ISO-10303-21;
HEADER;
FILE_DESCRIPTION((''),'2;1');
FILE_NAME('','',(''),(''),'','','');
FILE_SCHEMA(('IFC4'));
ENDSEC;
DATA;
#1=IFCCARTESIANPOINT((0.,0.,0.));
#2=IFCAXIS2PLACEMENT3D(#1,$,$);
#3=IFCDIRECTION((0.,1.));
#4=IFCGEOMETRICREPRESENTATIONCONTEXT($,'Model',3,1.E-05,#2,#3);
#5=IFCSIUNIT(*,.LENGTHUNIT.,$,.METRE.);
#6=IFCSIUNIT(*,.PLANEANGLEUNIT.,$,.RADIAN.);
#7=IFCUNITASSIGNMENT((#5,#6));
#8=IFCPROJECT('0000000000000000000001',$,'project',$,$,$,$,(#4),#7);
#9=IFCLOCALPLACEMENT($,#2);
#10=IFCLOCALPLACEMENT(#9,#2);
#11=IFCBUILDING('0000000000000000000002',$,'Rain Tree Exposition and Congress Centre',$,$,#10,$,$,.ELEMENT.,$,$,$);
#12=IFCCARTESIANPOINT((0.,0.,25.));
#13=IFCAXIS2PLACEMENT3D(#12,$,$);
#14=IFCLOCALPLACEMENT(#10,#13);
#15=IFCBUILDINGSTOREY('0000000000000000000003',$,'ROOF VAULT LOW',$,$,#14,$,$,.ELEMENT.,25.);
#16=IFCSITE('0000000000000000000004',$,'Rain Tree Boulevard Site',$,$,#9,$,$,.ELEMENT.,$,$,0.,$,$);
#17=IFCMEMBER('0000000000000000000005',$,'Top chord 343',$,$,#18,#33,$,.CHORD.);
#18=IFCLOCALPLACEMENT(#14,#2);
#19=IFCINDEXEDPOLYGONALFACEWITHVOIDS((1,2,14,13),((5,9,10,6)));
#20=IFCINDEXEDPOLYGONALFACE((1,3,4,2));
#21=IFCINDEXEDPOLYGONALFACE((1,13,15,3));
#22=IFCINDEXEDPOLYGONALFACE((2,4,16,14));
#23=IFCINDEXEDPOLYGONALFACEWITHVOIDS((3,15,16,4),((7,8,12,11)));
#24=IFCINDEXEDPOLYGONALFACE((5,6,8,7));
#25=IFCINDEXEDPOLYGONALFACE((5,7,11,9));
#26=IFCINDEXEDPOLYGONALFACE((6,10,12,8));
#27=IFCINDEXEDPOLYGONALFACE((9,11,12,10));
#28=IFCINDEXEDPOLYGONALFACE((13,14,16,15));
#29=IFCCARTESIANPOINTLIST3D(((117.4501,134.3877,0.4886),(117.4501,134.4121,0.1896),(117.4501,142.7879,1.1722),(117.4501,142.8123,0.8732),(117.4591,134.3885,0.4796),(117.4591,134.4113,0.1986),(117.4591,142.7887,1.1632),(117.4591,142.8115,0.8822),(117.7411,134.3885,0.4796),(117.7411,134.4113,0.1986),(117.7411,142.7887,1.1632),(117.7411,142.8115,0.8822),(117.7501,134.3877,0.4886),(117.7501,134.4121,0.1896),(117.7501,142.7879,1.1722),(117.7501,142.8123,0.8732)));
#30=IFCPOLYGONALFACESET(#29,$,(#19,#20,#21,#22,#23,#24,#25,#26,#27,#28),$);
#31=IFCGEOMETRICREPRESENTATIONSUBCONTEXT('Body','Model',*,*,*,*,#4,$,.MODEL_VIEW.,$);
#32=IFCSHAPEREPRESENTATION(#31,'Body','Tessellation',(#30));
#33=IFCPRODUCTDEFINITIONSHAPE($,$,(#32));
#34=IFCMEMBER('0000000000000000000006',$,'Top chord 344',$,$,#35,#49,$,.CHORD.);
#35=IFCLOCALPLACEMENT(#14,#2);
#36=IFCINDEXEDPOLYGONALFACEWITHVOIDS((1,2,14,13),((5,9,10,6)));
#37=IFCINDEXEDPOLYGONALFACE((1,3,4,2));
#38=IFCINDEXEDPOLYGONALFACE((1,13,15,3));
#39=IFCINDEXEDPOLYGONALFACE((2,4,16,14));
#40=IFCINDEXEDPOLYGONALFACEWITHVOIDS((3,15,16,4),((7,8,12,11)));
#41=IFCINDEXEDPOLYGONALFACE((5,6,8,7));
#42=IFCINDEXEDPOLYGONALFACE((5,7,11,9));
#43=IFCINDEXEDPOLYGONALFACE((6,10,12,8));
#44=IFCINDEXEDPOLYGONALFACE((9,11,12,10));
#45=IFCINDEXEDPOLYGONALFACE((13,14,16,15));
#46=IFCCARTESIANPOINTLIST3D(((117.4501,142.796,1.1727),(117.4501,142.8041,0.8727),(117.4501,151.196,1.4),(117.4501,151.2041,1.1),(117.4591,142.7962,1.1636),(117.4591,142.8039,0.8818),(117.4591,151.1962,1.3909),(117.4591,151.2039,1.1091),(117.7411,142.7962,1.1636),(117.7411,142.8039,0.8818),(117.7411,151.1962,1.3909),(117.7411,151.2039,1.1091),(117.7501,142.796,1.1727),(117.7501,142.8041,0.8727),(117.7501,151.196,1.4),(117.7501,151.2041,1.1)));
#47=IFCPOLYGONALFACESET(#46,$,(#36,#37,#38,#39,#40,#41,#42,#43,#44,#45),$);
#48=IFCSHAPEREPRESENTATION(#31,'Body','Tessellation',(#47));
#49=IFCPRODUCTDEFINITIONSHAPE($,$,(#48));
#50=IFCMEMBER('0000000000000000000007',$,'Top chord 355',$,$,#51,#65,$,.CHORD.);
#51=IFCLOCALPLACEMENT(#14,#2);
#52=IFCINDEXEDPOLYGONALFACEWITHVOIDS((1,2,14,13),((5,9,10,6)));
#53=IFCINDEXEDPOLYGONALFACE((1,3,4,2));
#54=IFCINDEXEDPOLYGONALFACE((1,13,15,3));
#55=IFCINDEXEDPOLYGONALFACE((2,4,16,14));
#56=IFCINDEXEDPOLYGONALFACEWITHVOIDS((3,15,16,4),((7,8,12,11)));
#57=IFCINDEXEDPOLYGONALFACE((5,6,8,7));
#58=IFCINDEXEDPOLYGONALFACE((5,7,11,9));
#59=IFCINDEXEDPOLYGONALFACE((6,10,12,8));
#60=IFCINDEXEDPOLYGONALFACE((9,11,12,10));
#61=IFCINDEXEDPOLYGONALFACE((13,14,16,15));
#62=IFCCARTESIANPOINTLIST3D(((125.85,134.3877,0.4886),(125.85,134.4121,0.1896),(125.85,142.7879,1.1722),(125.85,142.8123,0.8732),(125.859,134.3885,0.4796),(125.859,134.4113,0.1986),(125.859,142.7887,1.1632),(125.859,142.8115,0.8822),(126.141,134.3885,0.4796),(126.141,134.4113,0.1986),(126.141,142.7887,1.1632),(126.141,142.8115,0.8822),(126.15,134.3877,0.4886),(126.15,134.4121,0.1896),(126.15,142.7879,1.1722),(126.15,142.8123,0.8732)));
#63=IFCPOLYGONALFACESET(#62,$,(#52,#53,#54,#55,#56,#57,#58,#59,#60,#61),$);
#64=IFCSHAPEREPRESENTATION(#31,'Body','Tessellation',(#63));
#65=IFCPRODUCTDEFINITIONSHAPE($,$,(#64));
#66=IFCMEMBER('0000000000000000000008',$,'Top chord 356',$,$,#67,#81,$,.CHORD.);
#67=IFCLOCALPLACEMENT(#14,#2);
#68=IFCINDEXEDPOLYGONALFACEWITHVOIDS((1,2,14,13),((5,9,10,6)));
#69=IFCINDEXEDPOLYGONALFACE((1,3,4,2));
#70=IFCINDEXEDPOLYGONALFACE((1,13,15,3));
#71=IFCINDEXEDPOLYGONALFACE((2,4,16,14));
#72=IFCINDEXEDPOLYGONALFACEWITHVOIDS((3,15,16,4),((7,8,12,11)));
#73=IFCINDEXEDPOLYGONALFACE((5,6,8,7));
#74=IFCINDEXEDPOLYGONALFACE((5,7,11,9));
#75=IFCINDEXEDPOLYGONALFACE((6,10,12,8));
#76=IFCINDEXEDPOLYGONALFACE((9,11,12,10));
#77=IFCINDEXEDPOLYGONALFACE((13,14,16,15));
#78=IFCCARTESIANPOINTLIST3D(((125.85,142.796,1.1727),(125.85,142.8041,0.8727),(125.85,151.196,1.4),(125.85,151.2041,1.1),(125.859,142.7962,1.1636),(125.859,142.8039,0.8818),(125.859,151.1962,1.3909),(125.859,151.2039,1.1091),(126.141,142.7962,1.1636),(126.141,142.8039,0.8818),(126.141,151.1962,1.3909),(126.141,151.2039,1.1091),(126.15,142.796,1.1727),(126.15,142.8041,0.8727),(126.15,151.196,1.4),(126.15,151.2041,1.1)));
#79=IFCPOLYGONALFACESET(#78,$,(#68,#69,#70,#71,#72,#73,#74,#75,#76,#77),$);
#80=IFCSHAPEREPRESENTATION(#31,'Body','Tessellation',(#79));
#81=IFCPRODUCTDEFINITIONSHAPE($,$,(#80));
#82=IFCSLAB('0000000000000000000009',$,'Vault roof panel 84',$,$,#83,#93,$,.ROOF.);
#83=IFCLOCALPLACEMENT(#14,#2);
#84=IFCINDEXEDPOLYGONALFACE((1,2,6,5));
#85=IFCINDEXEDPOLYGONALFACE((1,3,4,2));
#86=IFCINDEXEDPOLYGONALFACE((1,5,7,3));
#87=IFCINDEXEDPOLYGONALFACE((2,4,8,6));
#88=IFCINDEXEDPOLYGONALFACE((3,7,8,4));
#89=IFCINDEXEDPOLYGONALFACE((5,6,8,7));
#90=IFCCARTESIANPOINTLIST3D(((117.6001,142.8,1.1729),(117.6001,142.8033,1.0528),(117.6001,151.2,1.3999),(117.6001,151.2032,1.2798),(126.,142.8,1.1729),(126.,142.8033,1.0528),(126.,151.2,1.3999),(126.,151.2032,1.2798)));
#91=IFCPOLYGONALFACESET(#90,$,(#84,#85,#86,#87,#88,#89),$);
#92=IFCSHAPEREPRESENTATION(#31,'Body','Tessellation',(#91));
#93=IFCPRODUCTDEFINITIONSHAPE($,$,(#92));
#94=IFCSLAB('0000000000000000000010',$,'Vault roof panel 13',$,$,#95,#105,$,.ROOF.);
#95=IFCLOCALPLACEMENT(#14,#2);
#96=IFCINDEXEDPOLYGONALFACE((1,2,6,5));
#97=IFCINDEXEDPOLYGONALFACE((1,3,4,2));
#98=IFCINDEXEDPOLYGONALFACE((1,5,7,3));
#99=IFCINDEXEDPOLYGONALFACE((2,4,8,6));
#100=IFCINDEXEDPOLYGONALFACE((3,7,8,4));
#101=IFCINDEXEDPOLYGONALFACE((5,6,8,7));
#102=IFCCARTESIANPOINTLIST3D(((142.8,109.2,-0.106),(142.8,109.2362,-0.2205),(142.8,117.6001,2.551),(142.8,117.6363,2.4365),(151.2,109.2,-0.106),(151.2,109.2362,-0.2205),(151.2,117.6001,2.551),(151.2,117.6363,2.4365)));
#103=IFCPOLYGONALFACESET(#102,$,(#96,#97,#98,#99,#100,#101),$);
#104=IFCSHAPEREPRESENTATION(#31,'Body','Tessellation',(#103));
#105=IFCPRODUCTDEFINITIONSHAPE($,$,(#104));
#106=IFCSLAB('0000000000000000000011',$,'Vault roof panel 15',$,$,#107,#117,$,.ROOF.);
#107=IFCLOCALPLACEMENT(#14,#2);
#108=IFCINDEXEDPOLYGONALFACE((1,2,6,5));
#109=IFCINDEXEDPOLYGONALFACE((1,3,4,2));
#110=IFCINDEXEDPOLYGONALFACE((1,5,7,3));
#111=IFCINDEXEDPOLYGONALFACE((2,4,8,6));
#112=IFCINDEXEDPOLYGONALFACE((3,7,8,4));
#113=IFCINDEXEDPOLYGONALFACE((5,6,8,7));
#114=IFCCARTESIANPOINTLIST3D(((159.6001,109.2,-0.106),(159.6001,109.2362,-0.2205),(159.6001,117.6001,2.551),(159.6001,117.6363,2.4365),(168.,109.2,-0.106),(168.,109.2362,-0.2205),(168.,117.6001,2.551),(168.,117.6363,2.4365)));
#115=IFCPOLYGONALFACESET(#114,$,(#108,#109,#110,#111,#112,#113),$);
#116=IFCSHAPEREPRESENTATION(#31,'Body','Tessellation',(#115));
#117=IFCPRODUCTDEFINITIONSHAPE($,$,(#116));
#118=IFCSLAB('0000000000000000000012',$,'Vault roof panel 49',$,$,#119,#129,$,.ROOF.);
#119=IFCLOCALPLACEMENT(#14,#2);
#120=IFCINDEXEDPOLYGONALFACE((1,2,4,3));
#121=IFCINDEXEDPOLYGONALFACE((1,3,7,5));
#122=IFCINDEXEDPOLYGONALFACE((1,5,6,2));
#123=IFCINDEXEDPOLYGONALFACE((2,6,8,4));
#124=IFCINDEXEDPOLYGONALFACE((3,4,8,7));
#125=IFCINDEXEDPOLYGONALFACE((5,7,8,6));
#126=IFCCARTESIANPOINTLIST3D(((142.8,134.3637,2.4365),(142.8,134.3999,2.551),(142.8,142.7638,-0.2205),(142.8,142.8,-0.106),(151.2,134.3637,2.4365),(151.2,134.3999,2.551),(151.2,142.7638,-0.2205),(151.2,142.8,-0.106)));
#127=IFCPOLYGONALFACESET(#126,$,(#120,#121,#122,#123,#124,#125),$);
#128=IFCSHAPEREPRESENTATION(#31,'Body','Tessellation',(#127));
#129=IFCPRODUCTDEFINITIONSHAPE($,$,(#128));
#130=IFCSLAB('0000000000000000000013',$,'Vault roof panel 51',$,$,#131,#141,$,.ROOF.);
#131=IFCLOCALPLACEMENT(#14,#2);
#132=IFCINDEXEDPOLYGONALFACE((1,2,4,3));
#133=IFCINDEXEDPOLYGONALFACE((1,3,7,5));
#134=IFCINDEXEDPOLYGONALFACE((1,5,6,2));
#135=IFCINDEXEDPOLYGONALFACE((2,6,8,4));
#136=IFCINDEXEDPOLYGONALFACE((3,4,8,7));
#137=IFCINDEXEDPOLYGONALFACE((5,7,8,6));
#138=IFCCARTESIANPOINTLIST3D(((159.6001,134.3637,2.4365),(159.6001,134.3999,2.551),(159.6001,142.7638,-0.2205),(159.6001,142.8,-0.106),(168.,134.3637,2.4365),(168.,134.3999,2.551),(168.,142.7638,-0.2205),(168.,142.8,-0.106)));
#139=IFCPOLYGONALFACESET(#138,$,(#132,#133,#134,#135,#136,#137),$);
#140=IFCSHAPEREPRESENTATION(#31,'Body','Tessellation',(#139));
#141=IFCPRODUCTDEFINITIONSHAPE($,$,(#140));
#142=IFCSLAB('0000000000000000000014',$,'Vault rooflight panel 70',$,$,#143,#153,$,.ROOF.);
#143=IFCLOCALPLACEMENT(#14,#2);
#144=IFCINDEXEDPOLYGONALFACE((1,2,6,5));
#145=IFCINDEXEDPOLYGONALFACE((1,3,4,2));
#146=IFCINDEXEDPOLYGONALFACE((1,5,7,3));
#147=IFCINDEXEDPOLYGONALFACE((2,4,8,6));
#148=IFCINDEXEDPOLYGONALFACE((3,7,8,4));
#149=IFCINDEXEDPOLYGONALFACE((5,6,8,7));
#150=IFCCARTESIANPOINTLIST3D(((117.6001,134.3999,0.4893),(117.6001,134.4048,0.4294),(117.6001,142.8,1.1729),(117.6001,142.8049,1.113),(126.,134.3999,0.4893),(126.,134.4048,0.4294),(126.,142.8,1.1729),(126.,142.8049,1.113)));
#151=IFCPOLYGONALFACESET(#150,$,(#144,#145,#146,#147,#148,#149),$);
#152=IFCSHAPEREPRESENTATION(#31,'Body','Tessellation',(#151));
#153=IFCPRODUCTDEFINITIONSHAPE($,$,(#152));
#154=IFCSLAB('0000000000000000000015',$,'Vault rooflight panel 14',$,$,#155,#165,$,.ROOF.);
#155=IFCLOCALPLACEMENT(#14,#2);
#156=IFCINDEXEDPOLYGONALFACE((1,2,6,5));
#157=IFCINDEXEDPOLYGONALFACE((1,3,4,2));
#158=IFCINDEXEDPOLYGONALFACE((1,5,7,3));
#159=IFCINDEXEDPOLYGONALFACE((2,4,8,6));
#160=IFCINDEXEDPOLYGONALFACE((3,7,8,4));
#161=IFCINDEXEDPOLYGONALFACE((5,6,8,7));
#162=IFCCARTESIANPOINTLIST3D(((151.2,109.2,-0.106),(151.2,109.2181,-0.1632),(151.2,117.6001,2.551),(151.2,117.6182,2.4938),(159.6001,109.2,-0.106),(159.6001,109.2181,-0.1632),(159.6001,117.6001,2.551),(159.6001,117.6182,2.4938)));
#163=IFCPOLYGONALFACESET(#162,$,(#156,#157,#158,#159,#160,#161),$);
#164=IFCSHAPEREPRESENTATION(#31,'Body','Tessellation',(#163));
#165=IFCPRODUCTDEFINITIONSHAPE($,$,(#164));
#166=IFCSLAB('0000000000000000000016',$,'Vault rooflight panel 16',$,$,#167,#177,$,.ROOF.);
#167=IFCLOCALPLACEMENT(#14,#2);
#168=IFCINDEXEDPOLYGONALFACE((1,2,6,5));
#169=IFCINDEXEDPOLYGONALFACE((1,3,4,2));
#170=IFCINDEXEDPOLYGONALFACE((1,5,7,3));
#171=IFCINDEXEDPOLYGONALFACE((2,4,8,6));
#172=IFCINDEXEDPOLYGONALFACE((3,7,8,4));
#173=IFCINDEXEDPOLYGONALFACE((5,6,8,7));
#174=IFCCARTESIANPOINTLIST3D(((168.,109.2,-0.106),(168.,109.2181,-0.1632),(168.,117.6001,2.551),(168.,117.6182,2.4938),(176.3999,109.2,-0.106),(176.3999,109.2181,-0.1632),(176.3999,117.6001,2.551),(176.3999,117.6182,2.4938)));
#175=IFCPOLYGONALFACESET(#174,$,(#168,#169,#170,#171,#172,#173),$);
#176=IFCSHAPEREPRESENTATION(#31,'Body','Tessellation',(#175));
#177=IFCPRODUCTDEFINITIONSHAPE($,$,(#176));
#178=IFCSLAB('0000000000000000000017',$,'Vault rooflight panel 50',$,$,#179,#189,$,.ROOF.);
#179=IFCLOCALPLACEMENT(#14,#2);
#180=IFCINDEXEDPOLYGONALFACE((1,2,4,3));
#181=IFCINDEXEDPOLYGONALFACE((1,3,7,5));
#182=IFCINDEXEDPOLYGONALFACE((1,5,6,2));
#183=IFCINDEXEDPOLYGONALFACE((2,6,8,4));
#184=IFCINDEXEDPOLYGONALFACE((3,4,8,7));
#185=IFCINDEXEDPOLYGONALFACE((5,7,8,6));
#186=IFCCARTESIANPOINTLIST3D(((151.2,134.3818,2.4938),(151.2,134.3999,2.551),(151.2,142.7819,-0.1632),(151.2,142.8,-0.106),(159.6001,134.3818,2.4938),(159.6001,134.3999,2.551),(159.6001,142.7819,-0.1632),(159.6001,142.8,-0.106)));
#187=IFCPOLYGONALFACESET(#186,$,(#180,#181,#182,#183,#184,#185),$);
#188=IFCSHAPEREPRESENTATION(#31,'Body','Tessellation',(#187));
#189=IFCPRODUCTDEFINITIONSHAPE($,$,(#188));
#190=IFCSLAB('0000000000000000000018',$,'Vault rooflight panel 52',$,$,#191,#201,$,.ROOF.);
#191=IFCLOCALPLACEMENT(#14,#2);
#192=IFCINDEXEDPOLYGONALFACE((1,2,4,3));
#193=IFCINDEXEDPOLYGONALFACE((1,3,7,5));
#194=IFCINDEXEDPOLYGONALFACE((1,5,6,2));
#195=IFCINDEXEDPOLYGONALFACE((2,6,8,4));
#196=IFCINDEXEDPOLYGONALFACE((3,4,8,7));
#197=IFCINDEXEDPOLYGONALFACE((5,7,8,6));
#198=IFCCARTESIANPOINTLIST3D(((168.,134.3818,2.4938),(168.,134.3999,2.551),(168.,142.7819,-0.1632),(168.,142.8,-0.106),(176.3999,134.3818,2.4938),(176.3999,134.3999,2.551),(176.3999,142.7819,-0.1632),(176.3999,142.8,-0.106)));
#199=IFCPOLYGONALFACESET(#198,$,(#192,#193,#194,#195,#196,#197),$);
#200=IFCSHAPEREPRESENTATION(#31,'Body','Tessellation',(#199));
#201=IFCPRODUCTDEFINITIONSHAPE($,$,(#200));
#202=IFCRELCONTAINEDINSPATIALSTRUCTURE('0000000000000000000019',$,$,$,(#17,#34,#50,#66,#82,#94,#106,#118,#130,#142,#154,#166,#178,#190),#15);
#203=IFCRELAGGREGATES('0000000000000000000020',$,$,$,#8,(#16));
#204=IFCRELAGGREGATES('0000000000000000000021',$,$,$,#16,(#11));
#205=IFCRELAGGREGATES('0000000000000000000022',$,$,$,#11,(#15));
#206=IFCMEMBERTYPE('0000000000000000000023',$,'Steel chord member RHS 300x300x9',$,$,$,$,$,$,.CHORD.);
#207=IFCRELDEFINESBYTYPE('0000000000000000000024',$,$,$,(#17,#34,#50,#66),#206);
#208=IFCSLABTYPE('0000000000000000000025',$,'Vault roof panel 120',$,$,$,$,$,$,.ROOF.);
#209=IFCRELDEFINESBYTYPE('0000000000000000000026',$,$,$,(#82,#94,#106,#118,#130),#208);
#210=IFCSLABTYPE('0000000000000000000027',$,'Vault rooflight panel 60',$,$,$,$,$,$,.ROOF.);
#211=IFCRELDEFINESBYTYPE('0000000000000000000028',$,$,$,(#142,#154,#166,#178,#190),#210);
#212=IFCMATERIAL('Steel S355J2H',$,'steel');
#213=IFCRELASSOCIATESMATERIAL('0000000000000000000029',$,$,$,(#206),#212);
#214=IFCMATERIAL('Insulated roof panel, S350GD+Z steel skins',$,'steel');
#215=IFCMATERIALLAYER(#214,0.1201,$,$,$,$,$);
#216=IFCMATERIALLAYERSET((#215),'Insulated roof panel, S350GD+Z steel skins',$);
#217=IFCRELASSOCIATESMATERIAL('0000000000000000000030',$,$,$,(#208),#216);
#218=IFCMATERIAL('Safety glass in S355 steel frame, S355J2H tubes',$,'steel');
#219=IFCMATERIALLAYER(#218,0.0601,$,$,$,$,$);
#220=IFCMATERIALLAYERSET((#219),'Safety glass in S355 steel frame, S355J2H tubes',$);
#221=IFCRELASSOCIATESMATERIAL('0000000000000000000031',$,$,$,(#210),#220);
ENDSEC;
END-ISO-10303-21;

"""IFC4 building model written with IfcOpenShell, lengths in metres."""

from ifc_helpers import new_model, si_unit, direction, frame, origin, origin_2d, place, context, subcontext, project, spatial, polyline, hollow_rectangle, outline, extrude, material, layer, layer_set, material_profile, profile_set, type_object, element, save


model = new_model("IFC4")

# Units and contexts
model_context = context("Model", 3, precision=1e-05, world=origin(), true_north=direction((0.0, 1.0)))
body_context = subcontext(model_context, "Body", "Model", "MODEL_VIEW")
ifc_project = project(units=[si_unit("LENGTHUNIT", "METRE"), si_unit("PLANEANGLEUNIT", "RADIAN")], contexts=[model_context])

# Site, building, storey
site_placement = place(None, origin())
site = spatial("IfcSite", under=ifc_project, at=site_placement, Name="Rain Tree Boulevard Site", CompositionType="ELEMENT", RefElevation=0.0)
building_placement = place(site_placement, origin())
building = spatial("IfcBuilding", under=site, at=building_placement, Name="Rain Tree Exposition and Congress Centre", CompositionType="ELEMENT")
storey_placement = place(building_placement, frame((0.0, 0.0, 25.0)))
storey = spatial("IfcBuildingStorey", under=building, at=storey_placement, Name="ROOF VAULT LOW", CompositionType="ELEMENT", Elevation=25.0)

# Members
ifc_material_1 = material(Name="Steel S355J2H", Category="steel")
ifc_material_profile_1 = material_profile(ifc_material_1, hollow_rectangle(XDim=0.3, YDim=0.3, WallThickness=0.009, at=origin_2d()), Name="RHS 300x300x9")
ifc_profile_set_1 = profile_set([ifc_material_profile_1], Name="Steel S355J2H")
member_type = type_object("IfcMemberType", Name="Steel chord member RHS 300x300x9", PredefinedType="CHORD", material=ifc_profile_set_1)
member_1_placement = place(storey_placement, frame((117.6001, 134.3999, 0.3391), z_axis=(0.0, 0.996705, 0.081111), x_axis=(-1.0, 0.0, 0.0)))
element("IfcMember", 1, at=member_1_placement, inside=storey, type_object=member_type, Name="Top chord 343", PredefinedType="CHORD", context=body_context, shape_type="SweptSolid", body=[
    extrude(hollow_rectangle(XDim=0.3, YDim=0.3, WallThickness=0.009, at=origin_2d()), origin(), (0.0, 0.0, 1.0), 8.428),
])
member_2_placement = place(storey_placement, frame((117.6001, 142.8, 1.0227), z_axis=(0.0, 0.999634, 0.027049), x_axis=(-1.0, 0.0, 0.0)))
element("IfcMember", 2, at=member_2_placement, inside=storey, type_object=member_type, Name="Top chord 344", PredefinedType="CHORD", context=body_context, shape_type="SweptSolid", body=[
    extrude(hollow_rectangle(XDim=0.3, YDim=0.3, WallThickness=0.009, at=origin_2d()), origin(), (0.0, 0.0, 1.0), 8.4031),
])
member_3_placement = place(storey_placement, frame((126.0, 134.3999, 0.3391), z_axis=(0.0, 0.996705, 0.081111), x_axis=(-1.0, 0.0, 0.0)))
element("IfcMember", 3, at=member_3_placement, inside=storey, type_object=member_type, Name="Top chord 355", PredefinedType="CHORD", context=body_context, shape_type="SweptSolid", body=[
    extrude(hollow_rectangle(XDim=0.3, YDim=0.3, WallThickness=0.009, at=origin_2d()), origin(), (0.0, 0.0, 1.0), 8.428),
])
member_4_placement = place(storey_placement, frame((126.0, 142.8, 1.0227), z_axis=(0.0, 0.999634, 0.027049), x_axis=(-1.0, 0.0, 0.0)))
element("IfcMember", 4, at=member_4_placement, inside=storey, type_object=member_type, Name="Top chord 356", PredefinedType="CHORD", context=body_context, shape_type="SweptSolid", body=[
    extrude(hollow_rectangle(XDim=0.3, YDim=0.3, WallThickness=0.009, at=origin_2d()), origin(), (0.0, 0.0, 1.0), 8.4031),
])

# Slabs
ifc_material_2 = material(Name="Insulated roof panel, S350GD+Z steel skins", Category="steel")
ifc_layer_1 = layer(ifc_material_2, 0.1201)
ifc_layer_set_1 = layer_set([ifc_layer_1], Name="Insulated roof panel, S350GD+Z steel skins")
slab_type_1 = type_object("IfcSlabType", Name="Vault roof panel 120", PredefinedType="ROOF", material=ifc_layer_set_1)
slab_1_placement = place(storey_placement, frame((117.6001, 142.8, 1.1729), z_axis=(0.0, -0.02702, 0.999635), x_axis=(1.0, 0.0, 0.0)))
element("IfcSlab", 5, at=slab_1_placement, inside=storey, type_object=slab_type_1, Name="Vault roof panel 84", PredefinedType="ROOF", context=body_context, shape_type="SweptSolid", body=[
    extrude(outline(polyline([(0.0, 0.0), (8.3999, 0.0), (8.3999, 8.403), (0.0, 8.403), (0.0, 0.0)])), origin(), (0.0, 0.0, -1.0), 0.1201),
])
for number, where, z_axis, x_axis, name in (
    (6, (142.8, 109.2, -0.106), (0.0, -0.301576, 0.953442), (1.0, 0.0, 0.0), "Vault roof panel 13"),
    (7, (159.6001, 109.2, -0.106), (0.0, -0.301576, 0.953442), (1.0, 0.0, 0.0), "Vault roof panel 15"),
    (8, (142.8, 134.3999, 2.551), (0.0, 0.301576, 0.953442), (1.0, 0.0, 0.0), "Vault roof panel 49"),
    (9, (159.6001, 134.3999, 2.551), (0.0, 0.301576, 0.953442), (1.0, 0.0, 0.0), "Vault roof panel 51"),
):
    element("IfcSlab", number, at=place(storey_placement, frame(where, z_axis=z_axis, x_axis=x_axis)), inside=storey, type_object=slab_type_1, Name=name, PredefinedType="ROOF", context=body_context, shape_type="SweptSolid", body=[
        extrude(outline(polyline([(0.0, 0.0), (8.3999, 0.0), (8.3999, 8.8103), (0.0, 8.8103), (0.0, 0.0)])), origin(), (0.0, 0.0, -1.0), 0.1201),
    ])
ifc_material_3 = material(Name="Safety glass in S355 steel frame, S355J2H tubes", Category="steel")
ifc_layer_2 = layer(ifc_material_3, 0.0601)
ifc_layer_set_2 = layer_set([ifc_layer_2], Name="Safety glass in S355 steel frame, S355J2H tubes")
slab_type_2 = type_object("IfcSlabType", Name="Vault rooflight panel 60", PredefinedType="ROOF", material=ifc_layer_set_2)
slab_2_placement = place(storey_placement, frame((117.6001, 134.3999, 0.4893), z_axis=(0.0, -0.081111, 0.996705), x_axis=(1.0, 0.0, 0.0)))
element("IfcSlab", 10, at=slab_2_placement, inside=storey, type_object=slab_type_2, Name="Vault rooflight panel 70", PredefinedType="ROOF", context=body_context, shape_type="SweptSolid", body=[
    extrude(outline(polyline([(0.0, 0.0), (8.3999, 0.0), (8.3999, 8.4279), (0.0, 8.4279), (0.0, 0.0)])), origin(), (0.0, 0.0, -1.0), 0.0601),
])
slab_3_placement = place(storey_placement, frame((151.2, 109.2, -0.106), z_axis=(0.0, -0.301576, 0.953442), x_axis=(1.0, 0.0, 0.0)))
element("IfcSlab", 11, at=slab_3_placement, inside=storey, type_object=slab_type_2, Name="Vault rooflight panel 14", PredefinedType="ROOF", context=body_context, shape_type="SweptSolid", body=[
    extrude(outline(polyline([(0.0, 0.0), (8.4001, 0.0), (8.4001, 8.8103), (0.0, 8.8103), (0.0, 0.0)])), origin(), (0.0, 0.0, -1.0), 0.0601),
])
slab_4_placement = place(storey_placement, frame((168.0, 109.2, -0.106), z_axis=(0.0, -0.301576, 0.953442), x_axis=(1.0, 0.0, 0.0)))
element("IfcSlab", 12, at=slab_4_placement, inside=storey, type_object=slab_type_2, Name="Vault rooflight panel 16", PredefinedType="ROOF", context=body_context, shape_type="SweptSolid", body=[
    extrude(outline(polyline([(0.0, 0.0), (8.3999, 0.0), (8.3999, 8.8103), (0.0, 8.8103), (0.0, 0.0)])), origin(), (0.0, 0.0, -1.0), 0.0601),
])
slab_5_placement = place(storey_placement, frame((151.2, 134.3999, 2.551), z_axis=(0.0, 0.301576, 0.953442), x_axis=(1.0, 0.0, 0.0)))
element("IfcSlab", 13, at=slab_5_placement, inside=storey, type_object=slab_type_2, Name="Vault rooflight panel 50", PredefinedType="ROOF", context=body_context, shape_type="SweptSolid", body=[
    extrude(outline(polyline([(0.0, 0.0), (8.4001, 0.0), (8.4001, 8.8103), (0.0, 8.8103), (0.0, 0.0)])), origin(), (0.0, 0.0, -1.0), 0.0601),
])
slab_6_placement = place(storey_placement, frame((168.0, 134.3999, 2.551), z_axis=(0.0, 0.301576, 0.953442), x_axis=(1.0, 0.0, 0.0)))
element("IfcSlab", 14, at=slab_6_placement, inside=storey, type_object=slab_type_2, Name="Vault rooflight panel 52", PredefinedType="ROOF", context=body_context, shape_type="SweptSolid", body=[
    extrude(outline(polyline([(0.0, 0.0), (8.3999, 0.0), (8.3999, 8.8103), (0.0, 8.8103), (0.0, 0.0)])), origin(), (0.0, 0.0, -1.0), 0.0601),
])

save(model, "model.ifc")
